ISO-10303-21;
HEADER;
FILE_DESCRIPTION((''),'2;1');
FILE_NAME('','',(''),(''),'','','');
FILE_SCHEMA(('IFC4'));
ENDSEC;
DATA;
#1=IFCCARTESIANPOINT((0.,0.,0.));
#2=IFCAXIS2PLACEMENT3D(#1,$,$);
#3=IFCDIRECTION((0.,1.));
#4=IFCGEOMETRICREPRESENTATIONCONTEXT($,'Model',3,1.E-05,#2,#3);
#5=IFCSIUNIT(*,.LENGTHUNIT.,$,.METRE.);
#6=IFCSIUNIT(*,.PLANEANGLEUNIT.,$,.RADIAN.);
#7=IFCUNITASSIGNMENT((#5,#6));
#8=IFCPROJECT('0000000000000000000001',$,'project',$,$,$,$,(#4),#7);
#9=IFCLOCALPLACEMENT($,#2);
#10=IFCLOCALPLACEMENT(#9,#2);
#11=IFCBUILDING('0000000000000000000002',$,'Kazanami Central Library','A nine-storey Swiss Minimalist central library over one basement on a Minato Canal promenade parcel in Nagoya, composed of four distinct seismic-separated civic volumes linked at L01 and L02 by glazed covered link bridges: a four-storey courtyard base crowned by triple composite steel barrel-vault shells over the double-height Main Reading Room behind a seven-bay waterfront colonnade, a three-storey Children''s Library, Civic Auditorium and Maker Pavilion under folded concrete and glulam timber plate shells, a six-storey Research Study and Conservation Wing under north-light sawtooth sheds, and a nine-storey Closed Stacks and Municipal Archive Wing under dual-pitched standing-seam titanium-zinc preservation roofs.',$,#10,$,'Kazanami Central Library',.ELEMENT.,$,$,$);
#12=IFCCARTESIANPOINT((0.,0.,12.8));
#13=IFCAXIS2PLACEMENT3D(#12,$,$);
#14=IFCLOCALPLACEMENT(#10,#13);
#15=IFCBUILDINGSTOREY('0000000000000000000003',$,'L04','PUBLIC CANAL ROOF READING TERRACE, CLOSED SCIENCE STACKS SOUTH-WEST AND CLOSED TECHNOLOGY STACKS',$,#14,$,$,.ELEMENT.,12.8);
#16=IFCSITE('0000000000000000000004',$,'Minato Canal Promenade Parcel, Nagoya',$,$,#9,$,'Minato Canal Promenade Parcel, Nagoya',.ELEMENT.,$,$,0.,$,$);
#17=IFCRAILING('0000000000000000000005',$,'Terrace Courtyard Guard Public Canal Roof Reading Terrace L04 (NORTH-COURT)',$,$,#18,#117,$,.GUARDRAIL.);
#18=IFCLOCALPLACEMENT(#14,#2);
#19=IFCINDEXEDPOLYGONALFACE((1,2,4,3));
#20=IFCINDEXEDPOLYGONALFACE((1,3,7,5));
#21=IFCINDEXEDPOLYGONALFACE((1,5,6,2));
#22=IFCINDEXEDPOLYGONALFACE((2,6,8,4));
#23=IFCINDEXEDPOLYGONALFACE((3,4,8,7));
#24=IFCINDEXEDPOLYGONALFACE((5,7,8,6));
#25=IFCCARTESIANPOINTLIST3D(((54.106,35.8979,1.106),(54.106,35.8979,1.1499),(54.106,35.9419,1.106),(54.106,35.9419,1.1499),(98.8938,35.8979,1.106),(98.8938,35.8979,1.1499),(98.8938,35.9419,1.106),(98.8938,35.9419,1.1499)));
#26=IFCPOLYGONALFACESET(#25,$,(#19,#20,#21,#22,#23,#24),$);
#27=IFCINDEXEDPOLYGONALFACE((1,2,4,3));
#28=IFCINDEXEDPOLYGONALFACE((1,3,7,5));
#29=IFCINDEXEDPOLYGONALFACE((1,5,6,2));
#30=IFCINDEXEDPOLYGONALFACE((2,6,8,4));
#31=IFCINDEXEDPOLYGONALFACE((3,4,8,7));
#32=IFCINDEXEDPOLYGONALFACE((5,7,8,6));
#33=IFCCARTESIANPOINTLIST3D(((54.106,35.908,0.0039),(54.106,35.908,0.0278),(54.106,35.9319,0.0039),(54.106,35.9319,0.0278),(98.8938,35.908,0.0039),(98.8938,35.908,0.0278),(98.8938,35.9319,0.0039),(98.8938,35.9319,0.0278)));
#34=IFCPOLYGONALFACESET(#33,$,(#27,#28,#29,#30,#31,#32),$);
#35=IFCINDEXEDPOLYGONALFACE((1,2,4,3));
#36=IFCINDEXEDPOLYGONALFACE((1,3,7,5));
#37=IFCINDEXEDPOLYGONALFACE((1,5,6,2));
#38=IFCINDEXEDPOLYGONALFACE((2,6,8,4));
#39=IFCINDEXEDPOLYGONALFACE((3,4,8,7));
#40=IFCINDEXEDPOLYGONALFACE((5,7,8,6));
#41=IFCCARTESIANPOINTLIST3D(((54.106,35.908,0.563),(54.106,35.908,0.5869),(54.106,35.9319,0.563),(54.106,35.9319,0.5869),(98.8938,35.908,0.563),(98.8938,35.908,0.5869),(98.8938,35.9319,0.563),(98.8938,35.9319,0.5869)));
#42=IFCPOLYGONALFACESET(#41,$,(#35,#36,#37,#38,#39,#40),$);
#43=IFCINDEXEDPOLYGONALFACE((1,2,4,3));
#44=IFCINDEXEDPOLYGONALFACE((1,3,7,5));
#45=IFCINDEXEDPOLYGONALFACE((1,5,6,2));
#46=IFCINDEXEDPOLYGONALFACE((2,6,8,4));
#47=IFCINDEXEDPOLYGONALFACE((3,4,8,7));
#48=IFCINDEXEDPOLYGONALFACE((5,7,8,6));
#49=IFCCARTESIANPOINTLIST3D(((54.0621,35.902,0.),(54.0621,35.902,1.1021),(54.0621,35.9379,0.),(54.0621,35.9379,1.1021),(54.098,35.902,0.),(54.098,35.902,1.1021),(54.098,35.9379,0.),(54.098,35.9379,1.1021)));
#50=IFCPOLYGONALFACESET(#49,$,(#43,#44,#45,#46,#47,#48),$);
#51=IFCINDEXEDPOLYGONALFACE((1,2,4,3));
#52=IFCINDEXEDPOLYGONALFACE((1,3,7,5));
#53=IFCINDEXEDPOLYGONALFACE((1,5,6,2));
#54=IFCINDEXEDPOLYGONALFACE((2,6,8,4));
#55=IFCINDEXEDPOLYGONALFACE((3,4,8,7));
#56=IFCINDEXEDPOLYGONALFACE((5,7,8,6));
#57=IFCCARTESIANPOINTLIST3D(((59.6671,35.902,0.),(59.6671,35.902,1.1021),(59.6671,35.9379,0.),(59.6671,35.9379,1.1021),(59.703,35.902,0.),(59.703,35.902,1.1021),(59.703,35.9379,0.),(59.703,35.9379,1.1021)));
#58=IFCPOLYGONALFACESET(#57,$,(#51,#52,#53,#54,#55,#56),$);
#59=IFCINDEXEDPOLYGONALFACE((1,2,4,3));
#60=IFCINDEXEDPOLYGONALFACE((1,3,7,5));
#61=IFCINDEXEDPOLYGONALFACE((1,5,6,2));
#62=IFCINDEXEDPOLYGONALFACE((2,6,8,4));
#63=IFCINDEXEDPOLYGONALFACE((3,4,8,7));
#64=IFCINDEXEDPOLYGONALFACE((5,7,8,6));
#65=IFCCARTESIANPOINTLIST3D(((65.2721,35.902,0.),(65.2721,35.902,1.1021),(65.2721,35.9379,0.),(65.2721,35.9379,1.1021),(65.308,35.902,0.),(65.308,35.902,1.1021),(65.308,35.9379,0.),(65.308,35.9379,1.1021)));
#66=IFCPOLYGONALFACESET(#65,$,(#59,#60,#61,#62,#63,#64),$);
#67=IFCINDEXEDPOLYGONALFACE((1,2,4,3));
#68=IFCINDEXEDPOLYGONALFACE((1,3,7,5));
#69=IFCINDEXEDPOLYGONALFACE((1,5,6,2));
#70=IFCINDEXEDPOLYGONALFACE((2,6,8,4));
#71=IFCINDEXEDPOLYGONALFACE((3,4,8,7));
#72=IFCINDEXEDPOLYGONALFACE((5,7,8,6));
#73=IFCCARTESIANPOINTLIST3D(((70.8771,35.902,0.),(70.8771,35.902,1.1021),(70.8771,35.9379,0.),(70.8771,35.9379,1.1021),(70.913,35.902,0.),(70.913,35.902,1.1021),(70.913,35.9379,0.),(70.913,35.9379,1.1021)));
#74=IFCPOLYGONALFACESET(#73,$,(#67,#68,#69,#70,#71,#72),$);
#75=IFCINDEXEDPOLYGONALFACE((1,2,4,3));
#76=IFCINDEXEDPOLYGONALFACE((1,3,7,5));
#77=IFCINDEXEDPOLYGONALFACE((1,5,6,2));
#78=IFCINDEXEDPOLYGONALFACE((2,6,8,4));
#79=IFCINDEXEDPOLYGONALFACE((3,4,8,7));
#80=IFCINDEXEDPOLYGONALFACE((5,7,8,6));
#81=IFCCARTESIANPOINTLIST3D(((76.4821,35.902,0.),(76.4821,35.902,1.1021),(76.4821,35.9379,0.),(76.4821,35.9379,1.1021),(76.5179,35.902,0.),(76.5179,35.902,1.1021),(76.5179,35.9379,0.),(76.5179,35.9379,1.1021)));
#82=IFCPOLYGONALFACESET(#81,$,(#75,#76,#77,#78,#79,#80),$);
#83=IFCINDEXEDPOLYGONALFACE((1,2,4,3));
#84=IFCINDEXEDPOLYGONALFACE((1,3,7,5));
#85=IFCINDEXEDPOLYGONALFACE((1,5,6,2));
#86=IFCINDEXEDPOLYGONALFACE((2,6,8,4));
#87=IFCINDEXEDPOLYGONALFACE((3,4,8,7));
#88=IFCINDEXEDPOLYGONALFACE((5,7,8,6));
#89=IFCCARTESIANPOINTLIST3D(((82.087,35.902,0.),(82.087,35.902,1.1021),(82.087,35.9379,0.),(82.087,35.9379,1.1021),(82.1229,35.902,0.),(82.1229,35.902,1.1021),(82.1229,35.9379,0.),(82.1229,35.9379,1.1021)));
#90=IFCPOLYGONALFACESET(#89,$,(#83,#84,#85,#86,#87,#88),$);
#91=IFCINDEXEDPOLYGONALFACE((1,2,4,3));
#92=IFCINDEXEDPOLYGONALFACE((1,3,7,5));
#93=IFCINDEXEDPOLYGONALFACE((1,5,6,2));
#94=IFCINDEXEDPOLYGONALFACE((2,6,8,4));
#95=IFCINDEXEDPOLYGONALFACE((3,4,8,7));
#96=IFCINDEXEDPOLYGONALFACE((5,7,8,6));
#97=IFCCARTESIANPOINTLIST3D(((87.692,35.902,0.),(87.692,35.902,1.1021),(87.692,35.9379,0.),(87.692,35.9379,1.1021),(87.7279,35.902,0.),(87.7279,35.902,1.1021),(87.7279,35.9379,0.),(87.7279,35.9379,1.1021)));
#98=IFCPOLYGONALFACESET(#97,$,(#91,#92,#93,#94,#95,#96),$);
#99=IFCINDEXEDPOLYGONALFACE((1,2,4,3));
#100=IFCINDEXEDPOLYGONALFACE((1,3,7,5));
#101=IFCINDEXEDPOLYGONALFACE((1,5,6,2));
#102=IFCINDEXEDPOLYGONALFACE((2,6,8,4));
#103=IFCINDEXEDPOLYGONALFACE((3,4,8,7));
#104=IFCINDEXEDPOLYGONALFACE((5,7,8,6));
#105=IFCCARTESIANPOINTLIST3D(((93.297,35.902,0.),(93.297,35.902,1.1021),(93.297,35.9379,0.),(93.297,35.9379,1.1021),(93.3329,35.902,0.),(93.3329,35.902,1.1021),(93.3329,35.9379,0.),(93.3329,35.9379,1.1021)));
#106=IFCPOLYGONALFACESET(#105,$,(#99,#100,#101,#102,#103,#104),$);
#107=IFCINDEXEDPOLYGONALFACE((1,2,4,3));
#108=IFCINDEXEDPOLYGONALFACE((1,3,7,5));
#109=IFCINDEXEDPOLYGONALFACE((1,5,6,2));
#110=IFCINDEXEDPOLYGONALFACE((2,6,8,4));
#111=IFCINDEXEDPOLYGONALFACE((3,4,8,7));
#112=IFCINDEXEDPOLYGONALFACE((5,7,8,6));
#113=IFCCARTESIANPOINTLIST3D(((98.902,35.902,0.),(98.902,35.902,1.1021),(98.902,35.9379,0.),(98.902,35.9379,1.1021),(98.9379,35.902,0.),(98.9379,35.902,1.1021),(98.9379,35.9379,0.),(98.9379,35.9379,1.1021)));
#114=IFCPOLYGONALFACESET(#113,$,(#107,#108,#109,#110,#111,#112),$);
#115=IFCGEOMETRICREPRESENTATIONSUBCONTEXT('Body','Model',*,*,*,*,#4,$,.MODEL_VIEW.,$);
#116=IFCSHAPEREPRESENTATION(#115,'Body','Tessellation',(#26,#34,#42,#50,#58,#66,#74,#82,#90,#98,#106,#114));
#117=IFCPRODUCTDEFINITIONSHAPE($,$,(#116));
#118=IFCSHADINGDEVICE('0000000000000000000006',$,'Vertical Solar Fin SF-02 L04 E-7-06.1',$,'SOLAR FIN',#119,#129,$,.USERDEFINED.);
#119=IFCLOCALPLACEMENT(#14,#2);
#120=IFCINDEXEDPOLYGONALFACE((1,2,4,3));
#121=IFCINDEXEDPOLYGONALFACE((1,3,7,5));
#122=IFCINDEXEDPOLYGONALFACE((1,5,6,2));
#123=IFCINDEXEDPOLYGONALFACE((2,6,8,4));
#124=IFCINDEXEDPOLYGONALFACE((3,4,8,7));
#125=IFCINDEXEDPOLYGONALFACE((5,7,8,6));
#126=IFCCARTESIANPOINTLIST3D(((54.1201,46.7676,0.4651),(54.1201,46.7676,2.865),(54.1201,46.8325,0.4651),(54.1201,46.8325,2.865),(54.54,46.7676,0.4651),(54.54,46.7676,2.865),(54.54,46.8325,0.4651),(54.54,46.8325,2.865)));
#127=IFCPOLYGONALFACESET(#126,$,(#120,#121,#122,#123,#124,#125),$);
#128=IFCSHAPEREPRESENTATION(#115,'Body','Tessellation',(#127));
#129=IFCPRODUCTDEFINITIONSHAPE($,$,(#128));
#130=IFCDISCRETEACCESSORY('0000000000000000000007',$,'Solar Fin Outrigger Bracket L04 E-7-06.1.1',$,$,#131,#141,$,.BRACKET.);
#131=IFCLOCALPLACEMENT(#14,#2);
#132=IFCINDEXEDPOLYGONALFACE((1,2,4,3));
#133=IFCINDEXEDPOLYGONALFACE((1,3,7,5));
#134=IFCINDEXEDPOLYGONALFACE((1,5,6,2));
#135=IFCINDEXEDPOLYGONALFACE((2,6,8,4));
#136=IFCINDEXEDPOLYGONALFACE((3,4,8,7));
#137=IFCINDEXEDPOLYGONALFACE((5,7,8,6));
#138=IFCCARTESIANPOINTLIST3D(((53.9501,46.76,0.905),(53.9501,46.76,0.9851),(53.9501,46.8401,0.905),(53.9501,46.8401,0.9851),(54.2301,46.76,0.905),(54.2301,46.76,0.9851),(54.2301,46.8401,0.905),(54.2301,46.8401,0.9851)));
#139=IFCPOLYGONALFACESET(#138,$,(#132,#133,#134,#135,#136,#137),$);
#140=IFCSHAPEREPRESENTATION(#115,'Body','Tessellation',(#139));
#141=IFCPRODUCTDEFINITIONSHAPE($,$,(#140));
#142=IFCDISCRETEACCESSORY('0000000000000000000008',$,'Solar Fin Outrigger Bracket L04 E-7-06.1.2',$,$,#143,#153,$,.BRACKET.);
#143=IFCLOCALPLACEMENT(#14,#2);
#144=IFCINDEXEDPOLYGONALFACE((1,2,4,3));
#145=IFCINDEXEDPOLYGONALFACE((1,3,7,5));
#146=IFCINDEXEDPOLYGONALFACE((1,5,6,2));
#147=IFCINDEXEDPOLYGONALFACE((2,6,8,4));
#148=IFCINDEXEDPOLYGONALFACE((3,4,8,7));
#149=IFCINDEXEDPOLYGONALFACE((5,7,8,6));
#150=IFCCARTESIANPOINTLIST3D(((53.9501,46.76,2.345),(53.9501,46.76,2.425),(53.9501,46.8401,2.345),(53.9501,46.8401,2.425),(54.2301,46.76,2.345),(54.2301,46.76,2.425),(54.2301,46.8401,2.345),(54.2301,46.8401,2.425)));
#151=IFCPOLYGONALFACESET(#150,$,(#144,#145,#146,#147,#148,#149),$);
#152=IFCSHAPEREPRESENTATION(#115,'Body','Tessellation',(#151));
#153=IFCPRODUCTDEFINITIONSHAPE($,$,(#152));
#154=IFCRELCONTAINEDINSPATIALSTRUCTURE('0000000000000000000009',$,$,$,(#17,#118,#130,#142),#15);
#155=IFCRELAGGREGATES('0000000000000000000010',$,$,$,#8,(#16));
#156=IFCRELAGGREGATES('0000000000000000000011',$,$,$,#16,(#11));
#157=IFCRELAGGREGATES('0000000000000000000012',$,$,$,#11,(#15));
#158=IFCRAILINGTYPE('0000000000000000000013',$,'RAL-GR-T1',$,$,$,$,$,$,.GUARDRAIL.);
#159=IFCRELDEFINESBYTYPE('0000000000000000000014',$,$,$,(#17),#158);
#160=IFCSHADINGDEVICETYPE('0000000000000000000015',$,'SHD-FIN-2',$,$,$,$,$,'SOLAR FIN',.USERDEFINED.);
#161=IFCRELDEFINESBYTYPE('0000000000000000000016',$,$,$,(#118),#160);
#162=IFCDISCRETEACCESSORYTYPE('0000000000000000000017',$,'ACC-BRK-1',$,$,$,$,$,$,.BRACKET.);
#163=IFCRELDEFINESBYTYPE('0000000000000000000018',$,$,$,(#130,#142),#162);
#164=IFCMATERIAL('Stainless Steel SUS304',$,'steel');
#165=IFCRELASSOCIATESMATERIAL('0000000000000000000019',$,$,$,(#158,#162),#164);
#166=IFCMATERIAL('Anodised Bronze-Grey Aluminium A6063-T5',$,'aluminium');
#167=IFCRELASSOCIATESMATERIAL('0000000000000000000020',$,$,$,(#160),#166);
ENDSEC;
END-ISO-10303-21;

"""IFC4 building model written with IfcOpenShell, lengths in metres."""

from ifc_helpers import new_model, si_unit, direction, frame, origin, origin_2d, place, context, subcontext, project, spatial, rectangle, extrude, material, type_object, element, save


model = new_model("IFC4")

# Units and contexts
model_context = context("Model", 3, precision=1e-05, world=origin(), true_north=direction((0.0, 1.0)))
body_context = subcontext(model_context, "Body", "Model", "MODEL_VIEW")
ifc_project = project(units=[si_unit("LENGTHUNIT", "METRE"), si_unit("PLANEANGLEUNIT", "RADIAN")], contexts=[model_context])

# Site, building, storey
site_placement = place(None, origin())
site = spatial("IfcSite", under=ifc_project, at=site_placement, Name="Minato Canal Promenade Parcel, Nagoya", LongName="Minato Canal Promenade Parcel, Nagoya", CompositionType="ELEMENT", RefElevation=0.0)
building_placement = place(site_placement, origin())
building = spatial("IfcBuilding", under=site, at=building_placement, Name="Kazanami Central Library", Description="A nine-storey Swiss Minimalist central library over one basement on a Minato Canal promenade parcel in Nagoya, composed of four distinct seismic-separated civic volumes linked at L01 and L02 by glazed covered link bridges: a four-storey courtyard base crowned by triple composite steel barrel-vault shells over the double-height Main Reading Room behind a seven-bay waterfront colonnade, a three-storey Children's Library, Civic Auditorium and Maker Pavilion under folded concrete and glulam timber plate shells, a six-storey Research Study and Conservation Wing under north-light sawtooth sheds, and a nine-storey Closed Stacks and Municipal Archive Wing under dual-pitched standing-seam titanium-zinc preservation roofs.", LongName="Kazanami Central Library", CompositionType="ELEMENT")
storey_placement = place(building_placement, frame((0.0, 0.0, 12.8)))
storey = spatial("IfcBuildingStorey", under=building, at=storey_placement, Name="L04", Description="PUBLIC CANAL ROOF READING TERRACE, CLOSED SCIENCE STACKS SOUTH-WEST AND CLOSED TECHNOLOGY STACKS", CompositionType="ELEMENT", Elevation=12.8)

# Railing
ifc_material_1 = material(Name="Stainless Steel SUS304", Category="steel")
railing_type = type_object("IfcRailingType", Name="RAL-GR-T1", PredefinedType="GUARDRAIL", material=ifc_material_1)
railing_1_placement = place(storey_placement, frame((54.0801, 35.9199, 0.0)))
element("IfcRailing", 1, at=railing_1_placement, inside=storey, type_object=railing_type, Name="Terrace Courtyard Guard Public Canal Roof Reading Terrace L04 (NORTH-COURT)", PredefinedType="GUARDRAIL", context=body_context, shape_type="SweptSolid", body=[
    extrude(rectangle(XDim=0.0439, YDim=0.0439, at=origin_2d()), frame((0.0259, 0.0, 1.1279), z_axis=(1.0, 0.0, 0.0), x_axis=(0.0, 1.0, 0.0)), (0.0, 0.0, 1.0), 44.7878),
    extrude(rectangle(XDim=0.0239, YDim=0.0239, at=origin_2d()), frame((0.0259, 0.0, 0.0159), z_axis=(1.0, 0.0, 0.0), x_axis=(0.0, 1.0, 0.0)), (0.0, 0.0, 1.0), 44.7878),
    extrude(rectangle(XDim=0.0239, YDim=0.0239, at=origin_2d()), frame((0.0259, 0.0, 0.575), z_axis=(1.0, 0.0, 0.0), x_axis=(0.0, 1.0, 0.0)), (0.0, 0.0, 1.0), 44.7878),
    extrude(rectangle(XDim=0.0359, YDim=0.0359, at=origin_2d()), origin(), (0.0, 0.0, 1.0), 1.1021),
    extrude(rectangle(XDim=0.0359, YDim=0.0359, at=origin_2d()), frame((5.605, 0.0, 0.0)), (0.0, 0.0, 1.0), 1.1021),
    extrude(rectangle(XDim=0.0359, YDim=0.0359, at=origin_2d()), frame((11.21, 0.0, 0.0)), (0.0, 0.0, 1.0), 1.1021),
    extrude(rectangle(XDim=0.0359, YDim=0.0359, at=origin_2d()), frame((16.8149, 0.0, 0.0)), (0.0, 0.0, 1.0), 1.1021),
    extrude(rectangle(XDim=0.0359, YDim=0.0359, at=origin_2d()), frame((22.4199, 0.0, 0.0)), (0.0, 0.0, 1.0), 1.1021),
    extrude(rectangle(XDim=0.0359, YDim=0.0359, at=origin_2d()), frame((28.0249, 0.0, 0.0)), (0.0, 0.0, 1.0), 1.1021),
    extrude(rectangle(XDim=0.0359, YDim=0.0359, at=origin_2d()), frame((33.6299, 0.0, 0.0)), (0.0, 0.0, 1.0), 1.1021),
    extrude(rectangle(XDim=0.0359, YDim=0.0359, at=origin_2d()), frame((39.2349, 0.0, 0.0)), (0.0, 0.0, 1.0), 1.1021),
    extrude(rectangle(XDim=0.0359, YDim=0.0359, at=origin_2d()), frame((44.8398, 0.0, 0.0)), (0.0, 0.0, 1.0), 1.1021),
])

# Shading device
ifc_material_2 = material(Name="Anodised Bronze-Grey Aluminium A6063-T5", Category="aluminium")
shading_device_type = type_object("IfcShadingDeviceType", Name="SHD-FIN-2", ElementType="SOLAR FIN", PredefinedType="USERDEFINED", material=ifc_material_2)
shading_device_placement = place(storey_placement, frame((54.3301, 46.8, 0.4651), z_axis=(0.0, 0.0, 1.0), x_axis=(0.0, -1.0, 0.0)))
element("IfcShadingDevice", 2, at=shading_device_placement, inside=storey, type_object=shading_device_type, Name="Vertical Solar Fin SF-02 L04 E-7-06.1", ObjectType="SOLAR FIN", PredefinedType="USERDEFINED", context=body_context, shape_type="SweptSolid", body=[
    extrude(rectangle(XDim=0.0649, YDim=0.4199, at=origin_2d()), origin(), (0.0, 0.0, 1.0), 2.3999),
])

# Discrete accessories
discrete_accessory_type = type_object("IfcDiscreteAccessoryType", Name="ACC-BRK-1", PredefinedType="BRACKET", material=ifc_material_1)
for number, where, z_axis, x_axis, name in (
    (3, (54.0901, 46.8, 0.905), (0.0, 0.0, 1.0), (0.0, -1.0, 0.0), "Solar Fin Outrigger Bracket L04 E-7-06.1.1"),
    (4, (54.0901, 46.8, 2.345), (0.0, 0.0, 1.0), (0.0, -1.0, 0.0), "Solar Fin Outrigger Bracket L04 E-7-06.1.2"),
):
    element("IfcDiscreteAccessory", number, at=place(storey_placement, frame(where, z_axis=z_axis, x_axis=x_axis)), inside=storey, type_object=discrete_accessory_type, Name=name, PredefinedType="BRACKET", context=body_context, shape_type="SweptSolid", body=[
        extrude(rectangle(XDim=0.0801, YDim=0.28, at=origin_2d()), origin(), (0.0, 0.0, 1.0), 0.0801),
    ])

save(model, "model.ifc")
